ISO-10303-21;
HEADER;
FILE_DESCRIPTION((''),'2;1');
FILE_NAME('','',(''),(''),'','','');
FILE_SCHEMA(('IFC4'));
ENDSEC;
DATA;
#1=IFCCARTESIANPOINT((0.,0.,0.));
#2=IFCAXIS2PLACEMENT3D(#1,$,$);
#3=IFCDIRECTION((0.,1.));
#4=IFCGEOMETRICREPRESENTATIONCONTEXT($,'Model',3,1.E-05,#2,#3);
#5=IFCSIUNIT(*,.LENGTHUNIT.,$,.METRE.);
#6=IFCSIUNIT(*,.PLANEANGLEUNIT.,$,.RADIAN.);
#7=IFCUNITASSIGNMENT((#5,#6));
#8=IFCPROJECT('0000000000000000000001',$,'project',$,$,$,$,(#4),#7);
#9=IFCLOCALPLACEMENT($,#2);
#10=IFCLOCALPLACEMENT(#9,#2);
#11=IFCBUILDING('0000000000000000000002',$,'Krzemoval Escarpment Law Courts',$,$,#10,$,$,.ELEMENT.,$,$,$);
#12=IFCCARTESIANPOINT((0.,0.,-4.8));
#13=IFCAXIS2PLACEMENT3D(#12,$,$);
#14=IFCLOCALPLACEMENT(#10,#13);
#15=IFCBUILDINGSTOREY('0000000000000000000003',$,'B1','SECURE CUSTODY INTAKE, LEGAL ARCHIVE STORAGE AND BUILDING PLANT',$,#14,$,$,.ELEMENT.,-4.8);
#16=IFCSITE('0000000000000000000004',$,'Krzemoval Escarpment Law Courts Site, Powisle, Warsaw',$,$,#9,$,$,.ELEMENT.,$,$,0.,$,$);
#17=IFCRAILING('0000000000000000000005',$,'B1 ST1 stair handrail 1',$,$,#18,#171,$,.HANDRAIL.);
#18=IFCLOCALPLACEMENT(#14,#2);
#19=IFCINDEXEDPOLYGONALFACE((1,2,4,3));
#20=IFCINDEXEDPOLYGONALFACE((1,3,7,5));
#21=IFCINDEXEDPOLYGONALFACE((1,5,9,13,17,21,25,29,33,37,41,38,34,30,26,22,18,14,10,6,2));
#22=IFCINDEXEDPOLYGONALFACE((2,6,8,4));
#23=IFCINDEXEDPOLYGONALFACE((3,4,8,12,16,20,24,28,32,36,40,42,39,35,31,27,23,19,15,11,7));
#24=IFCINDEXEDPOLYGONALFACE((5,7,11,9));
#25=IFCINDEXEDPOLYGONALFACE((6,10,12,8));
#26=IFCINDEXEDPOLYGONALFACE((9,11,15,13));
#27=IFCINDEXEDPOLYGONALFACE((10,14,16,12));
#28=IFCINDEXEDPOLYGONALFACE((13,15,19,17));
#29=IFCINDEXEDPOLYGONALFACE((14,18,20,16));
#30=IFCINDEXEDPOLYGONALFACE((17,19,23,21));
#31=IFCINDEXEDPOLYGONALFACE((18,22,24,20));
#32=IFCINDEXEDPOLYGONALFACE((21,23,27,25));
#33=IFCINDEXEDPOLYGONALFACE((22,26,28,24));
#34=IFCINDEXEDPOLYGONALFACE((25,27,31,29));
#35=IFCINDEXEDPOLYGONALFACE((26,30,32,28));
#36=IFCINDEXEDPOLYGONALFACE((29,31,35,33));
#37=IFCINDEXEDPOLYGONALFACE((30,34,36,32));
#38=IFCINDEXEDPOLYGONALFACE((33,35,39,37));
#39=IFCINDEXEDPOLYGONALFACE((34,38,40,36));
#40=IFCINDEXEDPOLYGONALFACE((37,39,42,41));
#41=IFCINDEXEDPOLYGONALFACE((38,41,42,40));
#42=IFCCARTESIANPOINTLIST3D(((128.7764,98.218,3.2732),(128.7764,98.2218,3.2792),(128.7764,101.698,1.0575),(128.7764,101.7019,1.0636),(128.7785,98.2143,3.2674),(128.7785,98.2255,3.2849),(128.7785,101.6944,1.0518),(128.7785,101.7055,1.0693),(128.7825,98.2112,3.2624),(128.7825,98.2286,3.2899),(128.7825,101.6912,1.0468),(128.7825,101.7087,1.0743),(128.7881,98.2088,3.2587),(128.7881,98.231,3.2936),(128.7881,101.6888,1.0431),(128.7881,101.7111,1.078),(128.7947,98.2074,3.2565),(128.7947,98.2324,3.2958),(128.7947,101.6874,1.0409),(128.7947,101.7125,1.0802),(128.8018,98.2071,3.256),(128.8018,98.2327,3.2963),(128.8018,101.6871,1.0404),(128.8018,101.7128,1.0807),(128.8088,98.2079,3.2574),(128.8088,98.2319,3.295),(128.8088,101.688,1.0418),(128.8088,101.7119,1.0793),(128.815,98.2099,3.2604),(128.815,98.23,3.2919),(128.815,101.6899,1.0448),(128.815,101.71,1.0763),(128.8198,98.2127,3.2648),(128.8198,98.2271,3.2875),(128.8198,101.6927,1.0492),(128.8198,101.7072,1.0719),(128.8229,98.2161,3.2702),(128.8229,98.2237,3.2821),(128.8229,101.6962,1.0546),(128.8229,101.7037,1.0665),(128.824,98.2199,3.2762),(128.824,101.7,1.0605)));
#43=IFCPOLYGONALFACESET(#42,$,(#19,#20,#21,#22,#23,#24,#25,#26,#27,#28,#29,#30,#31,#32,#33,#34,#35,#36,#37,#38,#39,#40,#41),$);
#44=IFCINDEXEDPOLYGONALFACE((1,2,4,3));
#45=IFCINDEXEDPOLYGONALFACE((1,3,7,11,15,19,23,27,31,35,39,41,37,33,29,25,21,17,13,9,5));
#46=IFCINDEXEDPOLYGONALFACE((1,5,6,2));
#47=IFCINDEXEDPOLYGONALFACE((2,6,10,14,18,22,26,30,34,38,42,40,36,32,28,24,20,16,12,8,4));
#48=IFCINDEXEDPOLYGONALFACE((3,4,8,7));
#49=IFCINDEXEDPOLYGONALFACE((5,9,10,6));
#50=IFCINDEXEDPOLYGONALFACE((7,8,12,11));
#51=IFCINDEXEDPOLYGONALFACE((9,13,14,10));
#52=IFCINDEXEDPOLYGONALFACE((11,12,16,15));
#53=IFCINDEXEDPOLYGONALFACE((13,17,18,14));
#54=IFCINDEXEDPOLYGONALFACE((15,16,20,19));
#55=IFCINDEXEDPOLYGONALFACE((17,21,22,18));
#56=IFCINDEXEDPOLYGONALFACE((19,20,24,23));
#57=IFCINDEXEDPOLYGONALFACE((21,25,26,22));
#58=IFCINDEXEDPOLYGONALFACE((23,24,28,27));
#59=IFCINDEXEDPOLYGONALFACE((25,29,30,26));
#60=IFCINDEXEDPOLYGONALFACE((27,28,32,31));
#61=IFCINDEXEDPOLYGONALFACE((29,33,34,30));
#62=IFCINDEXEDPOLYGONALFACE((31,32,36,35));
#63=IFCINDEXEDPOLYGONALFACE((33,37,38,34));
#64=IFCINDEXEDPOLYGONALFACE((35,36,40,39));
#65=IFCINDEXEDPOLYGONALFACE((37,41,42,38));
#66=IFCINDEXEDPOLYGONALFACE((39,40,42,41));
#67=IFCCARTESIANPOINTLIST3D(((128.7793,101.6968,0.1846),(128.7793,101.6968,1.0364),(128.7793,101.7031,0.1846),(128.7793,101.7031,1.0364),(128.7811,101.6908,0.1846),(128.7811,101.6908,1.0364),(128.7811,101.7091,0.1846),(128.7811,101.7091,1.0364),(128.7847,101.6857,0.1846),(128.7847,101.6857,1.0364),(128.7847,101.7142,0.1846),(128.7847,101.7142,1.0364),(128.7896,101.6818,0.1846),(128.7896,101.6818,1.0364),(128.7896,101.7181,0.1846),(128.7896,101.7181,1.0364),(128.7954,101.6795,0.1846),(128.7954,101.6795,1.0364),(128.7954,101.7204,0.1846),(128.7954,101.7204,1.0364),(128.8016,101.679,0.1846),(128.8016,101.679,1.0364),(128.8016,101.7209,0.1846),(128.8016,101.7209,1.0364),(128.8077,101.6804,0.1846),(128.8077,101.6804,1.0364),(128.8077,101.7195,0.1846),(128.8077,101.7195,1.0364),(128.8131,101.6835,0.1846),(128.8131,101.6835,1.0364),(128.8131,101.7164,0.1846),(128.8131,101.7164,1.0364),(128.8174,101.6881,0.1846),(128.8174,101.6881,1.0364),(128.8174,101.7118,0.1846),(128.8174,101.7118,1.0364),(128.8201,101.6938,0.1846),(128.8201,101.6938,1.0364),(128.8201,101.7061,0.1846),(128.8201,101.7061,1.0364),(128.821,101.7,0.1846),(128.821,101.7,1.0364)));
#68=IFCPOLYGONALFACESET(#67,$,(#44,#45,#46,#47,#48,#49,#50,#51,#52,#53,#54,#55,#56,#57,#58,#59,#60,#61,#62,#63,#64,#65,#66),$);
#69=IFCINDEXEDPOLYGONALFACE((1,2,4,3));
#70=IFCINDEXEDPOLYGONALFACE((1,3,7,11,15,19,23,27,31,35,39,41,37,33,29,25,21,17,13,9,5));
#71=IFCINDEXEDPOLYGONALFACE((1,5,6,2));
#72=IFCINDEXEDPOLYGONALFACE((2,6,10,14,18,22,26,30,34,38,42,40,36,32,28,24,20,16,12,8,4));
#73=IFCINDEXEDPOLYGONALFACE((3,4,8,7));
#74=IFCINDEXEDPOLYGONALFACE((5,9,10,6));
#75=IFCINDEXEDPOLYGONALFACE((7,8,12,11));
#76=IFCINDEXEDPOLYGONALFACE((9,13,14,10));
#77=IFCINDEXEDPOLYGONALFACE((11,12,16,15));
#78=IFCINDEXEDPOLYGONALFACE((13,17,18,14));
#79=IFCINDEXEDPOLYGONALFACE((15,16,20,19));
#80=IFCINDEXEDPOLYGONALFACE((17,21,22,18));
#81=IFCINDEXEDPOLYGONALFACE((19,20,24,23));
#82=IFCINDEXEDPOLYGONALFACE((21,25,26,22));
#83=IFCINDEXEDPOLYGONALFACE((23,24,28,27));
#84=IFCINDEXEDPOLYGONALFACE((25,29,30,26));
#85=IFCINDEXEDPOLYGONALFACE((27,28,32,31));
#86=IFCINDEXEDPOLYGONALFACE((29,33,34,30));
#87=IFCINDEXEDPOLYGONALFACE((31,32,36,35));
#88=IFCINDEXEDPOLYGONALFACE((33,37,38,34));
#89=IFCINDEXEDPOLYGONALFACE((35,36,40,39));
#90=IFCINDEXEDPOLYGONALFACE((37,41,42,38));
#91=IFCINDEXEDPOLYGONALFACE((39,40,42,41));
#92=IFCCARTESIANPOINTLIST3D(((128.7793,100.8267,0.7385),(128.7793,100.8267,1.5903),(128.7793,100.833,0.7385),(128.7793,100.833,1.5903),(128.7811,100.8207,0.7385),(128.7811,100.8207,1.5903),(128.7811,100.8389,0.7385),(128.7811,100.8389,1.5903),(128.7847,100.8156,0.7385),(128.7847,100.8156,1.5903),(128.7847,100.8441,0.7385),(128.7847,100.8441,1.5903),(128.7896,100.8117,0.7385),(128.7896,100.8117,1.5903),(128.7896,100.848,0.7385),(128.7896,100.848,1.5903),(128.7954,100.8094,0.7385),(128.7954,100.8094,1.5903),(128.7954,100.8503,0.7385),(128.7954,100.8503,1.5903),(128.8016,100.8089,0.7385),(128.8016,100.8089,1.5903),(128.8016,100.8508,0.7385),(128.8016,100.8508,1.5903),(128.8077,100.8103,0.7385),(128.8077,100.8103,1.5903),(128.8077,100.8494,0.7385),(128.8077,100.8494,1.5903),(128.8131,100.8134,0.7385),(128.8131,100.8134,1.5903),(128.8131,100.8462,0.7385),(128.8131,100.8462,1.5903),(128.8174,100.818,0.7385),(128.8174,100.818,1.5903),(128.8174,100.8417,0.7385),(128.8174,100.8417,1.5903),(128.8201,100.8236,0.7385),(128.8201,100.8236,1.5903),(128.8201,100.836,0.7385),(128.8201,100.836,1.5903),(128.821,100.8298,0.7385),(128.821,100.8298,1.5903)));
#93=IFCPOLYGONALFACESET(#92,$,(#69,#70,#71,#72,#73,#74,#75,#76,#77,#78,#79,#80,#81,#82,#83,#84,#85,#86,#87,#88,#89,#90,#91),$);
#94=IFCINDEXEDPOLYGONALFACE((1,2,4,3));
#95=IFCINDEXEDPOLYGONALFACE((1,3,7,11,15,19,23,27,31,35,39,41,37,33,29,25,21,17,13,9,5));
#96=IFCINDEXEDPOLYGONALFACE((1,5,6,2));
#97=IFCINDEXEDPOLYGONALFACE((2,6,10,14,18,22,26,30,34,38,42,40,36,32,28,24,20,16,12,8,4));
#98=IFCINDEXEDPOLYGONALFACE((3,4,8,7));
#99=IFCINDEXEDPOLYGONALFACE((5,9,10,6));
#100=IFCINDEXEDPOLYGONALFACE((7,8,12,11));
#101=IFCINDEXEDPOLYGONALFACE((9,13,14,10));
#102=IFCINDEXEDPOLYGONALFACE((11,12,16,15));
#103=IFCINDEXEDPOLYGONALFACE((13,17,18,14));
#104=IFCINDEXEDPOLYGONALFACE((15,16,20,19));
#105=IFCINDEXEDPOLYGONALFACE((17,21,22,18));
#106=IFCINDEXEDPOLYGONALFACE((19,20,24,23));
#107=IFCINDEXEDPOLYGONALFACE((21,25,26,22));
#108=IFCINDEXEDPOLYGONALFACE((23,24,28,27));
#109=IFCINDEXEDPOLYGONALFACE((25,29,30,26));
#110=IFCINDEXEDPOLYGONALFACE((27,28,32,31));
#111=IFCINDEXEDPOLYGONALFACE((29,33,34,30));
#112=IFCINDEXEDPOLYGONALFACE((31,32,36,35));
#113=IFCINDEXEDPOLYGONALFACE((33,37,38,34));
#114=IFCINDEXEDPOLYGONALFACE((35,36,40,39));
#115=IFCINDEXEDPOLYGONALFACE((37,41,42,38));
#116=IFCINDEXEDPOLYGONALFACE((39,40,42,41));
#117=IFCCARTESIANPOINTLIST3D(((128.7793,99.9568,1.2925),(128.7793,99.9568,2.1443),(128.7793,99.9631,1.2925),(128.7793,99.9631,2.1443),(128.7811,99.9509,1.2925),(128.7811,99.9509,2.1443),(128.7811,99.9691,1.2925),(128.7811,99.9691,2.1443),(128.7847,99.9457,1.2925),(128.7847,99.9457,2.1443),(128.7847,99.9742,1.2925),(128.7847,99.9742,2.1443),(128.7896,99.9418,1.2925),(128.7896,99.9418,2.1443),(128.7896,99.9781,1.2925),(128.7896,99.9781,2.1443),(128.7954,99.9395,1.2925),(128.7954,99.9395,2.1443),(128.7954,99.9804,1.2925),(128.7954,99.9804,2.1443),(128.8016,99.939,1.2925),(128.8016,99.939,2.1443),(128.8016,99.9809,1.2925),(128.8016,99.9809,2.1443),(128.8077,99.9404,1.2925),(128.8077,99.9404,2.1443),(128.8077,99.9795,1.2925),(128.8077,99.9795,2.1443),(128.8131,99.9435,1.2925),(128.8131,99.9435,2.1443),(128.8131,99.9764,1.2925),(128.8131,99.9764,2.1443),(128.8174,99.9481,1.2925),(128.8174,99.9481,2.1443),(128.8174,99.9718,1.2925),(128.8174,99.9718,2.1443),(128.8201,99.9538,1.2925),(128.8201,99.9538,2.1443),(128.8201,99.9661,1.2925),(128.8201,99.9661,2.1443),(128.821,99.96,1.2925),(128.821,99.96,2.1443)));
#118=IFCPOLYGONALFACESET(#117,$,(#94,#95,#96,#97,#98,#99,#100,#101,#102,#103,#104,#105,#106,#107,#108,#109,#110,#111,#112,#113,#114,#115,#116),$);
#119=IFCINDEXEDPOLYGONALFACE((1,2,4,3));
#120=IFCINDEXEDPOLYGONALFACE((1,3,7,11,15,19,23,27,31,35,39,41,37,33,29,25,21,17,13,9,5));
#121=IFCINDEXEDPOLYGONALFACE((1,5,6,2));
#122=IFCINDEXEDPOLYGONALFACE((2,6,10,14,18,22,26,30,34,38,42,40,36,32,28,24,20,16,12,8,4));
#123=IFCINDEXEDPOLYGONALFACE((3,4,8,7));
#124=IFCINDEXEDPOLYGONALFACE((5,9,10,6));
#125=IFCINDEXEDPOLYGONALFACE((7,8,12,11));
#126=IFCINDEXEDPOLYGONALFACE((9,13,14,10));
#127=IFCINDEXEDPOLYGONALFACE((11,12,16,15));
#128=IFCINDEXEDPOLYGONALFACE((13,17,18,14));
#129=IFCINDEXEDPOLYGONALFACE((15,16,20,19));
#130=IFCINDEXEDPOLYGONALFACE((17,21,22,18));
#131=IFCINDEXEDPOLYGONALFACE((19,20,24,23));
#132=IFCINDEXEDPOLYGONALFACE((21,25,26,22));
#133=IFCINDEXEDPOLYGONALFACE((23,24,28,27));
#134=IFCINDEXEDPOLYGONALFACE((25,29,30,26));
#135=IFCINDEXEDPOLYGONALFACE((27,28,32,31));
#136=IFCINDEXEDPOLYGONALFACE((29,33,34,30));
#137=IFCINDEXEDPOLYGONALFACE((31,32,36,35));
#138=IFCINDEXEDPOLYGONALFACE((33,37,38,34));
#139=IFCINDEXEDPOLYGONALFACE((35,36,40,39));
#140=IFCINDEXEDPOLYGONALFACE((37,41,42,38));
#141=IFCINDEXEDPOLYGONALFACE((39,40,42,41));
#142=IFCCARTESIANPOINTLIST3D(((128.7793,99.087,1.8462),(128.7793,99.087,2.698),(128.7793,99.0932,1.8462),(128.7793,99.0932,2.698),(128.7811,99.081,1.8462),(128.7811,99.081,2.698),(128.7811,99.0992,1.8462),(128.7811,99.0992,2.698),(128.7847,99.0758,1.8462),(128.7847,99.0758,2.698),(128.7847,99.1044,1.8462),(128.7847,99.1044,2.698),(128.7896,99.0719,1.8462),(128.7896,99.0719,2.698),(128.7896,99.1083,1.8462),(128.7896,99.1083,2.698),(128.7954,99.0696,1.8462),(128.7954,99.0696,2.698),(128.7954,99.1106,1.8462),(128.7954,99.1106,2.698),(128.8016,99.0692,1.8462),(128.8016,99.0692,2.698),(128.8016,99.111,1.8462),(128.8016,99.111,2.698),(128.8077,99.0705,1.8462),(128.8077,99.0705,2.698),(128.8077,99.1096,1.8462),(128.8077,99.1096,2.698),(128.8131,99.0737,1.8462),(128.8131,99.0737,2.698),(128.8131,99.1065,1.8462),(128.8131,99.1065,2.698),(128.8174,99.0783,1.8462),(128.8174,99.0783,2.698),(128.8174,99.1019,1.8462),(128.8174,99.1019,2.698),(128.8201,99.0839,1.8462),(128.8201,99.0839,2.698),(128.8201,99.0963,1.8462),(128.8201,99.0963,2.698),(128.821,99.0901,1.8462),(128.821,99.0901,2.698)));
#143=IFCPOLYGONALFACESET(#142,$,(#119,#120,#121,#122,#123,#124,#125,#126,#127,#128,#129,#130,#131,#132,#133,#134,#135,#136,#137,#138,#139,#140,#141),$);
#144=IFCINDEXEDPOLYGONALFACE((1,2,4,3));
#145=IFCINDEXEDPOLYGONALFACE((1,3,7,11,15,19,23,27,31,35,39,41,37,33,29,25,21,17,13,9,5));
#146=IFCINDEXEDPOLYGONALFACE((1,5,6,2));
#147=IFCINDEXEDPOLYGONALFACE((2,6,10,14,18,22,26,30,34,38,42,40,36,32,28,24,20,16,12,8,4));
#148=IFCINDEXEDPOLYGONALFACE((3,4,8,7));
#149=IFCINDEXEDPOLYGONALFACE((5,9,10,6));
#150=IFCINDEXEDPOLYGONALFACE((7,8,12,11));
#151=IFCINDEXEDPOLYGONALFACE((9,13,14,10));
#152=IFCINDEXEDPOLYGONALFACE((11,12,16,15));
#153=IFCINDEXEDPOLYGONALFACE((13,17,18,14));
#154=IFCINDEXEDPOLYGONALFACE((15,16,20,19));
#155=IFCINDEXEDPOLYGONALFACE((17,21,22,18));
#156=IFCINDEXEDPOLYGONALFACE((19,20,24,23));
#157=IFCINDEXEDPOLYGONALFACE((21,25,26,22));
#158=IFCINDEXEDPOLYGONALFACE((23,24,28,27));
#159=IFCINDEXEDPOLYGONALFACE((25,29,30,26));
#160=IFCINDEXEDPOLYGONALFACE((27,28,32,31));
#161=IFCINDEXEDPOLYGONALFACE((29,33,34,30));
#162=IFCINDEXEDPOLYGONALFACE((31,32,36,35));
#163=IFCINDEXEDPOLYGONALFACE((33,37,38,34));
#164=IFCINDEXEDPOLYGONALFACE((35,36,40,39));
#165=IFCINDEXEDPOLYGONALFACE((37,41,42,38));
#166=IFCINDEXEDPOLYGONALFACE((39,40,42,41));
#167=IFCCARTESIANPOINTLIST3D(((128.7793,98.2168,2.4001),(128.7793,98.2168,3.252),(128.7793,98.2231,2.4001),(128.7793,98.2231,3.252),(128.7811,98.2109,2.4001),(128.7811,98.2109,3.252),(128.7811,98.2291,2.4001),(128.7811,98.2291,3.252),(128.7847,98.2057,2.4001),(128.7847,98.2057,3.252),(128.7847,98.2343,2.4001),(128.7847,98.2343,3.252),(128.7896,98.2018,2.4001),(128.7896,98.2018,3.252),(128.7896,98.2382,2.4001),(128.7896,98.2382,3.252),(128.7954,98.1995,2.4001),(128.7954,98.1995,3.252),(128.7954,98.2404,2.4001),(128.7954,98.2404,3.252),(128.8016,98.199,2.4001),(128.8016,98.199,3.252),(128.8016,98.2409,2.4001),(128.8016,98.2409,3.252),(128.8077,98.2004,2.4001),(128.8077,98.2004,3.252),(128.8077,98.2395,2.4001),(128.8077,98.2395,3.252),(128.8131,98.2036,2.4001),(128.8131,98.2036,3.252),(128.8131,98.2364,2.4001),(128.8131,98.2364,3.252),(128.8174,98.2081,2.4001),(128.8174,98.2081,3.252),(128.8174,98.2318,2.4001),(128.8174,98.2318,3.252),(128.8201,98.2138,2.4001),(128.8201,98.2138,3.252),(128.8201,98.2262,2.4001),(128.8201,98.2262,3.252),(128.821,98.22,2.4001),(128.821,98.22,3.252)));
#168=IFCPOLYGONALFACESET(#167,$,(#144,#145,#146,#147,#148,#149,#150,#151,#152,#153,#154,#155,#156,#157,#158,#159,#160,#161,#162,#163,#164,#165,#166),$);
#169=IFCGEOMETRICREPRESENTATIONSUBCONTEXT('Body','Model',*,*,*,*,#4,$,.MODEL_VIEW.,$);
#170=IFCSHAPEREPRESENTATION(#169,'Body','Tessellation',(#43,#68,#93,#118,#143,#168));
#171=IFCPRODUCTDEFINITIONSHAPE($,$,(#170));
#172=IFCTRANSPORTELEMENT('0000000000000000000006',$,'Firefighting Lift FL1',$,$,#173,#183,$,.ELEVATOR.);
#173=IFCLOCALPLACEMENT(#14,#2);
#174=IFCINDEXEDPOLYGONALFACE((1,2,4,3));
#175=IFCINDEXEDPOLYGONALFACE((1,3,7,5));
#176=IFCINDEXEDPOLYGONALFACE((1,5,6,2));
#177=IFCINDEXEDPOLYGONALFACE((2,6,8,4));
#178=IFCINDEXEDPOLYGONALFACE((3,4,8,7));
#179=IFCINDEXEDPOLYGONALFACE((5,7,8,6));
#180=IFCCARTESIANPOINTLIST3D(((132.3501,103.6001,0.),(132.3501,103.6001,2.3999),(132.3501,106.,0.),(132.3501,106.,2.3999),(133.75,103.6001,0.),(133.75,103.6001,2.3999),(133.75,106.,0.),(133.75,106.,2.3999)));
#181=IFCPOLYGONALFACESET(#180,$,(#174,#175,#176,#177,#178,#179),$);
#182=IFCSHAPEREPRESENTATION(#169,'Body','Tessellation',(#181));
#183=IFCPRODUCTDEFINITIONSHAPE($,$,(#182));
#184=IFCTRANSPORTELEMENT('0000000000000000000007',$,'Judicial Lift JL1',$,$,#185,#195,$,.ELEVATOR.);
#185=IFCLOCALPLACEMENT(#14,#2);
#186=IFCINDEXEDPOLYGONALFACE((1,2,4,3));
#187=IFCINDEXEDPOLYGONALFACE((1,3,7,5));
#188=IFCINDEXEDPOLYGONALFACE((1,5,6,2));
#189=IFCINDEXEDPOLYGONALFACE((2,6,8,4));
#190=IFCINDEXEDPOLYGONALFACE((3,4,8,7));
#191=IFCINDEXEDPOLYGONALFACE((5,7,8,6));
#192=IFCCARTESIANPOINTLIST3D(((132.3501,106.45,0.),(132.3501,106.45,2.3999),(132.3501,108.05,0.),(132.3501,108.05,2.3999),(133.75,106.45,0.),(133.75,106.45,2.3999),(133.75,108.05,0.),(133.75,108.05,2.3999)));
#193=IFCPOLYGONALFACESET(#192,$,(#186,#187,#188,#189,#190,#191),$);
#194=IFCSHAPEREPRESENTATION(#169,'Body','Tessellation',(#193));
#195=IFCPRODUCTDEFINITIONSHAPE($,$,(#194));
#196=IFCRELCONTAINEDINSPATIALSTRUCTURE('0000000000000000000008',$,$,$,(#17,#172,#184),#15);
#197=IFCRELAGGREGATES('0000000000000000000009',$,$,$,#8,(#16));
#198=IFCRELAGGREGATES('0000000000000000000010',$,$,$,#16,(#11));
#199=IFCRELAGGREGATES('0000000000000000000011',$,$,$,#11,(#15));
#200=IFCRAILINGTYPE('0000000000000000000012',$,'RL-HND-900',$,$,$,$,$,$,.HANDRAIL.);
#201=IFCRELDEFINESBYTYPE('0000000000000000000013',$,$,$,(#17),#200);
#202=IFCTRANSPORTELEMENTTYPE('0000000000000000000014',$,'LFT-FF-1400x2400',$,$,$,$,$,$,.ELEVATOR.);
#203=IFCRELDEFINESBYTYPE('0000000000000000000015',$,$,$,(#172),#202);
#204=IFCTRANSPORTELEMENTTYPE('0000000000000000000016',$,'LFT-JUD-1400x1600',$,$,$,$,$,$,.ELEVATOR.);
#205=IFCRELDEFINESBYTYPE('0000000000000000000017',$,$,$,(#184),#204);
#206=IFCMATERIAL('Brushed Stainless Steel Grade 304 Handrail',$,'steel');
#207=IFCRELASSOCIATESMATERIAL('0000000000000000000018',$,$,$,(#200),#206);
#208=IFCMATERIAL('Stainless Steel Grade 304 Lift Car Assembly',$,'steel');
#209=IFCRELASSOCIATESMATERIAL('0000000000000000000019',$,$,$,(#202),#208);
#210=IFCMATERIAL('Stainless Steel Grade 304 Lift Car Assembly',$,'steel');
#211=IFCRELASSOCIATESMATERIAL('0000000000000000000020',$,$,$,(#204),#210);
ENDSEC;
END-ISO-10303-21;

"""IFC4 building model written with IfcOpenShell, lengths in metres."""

from ifc_helpers import new_model, si_unit, direction, frame, origin, origin_2d, place, context, subcontext, project, spatial, rectangle, circle, extrude, material, type_object, element, save


model = new_model("IFC4")

# Units and contexts
model_context = context("Model", 3, precision=1e-05, world=origin(), true_north=direction((0.0, 1.0)))
body_context = subcontext(model_context, "Body", "Model", "MODEL_VIEW")
ifc_project = project(units=[si_unit("LENGTHUNIT", "METRE"), si_unit("PLANEANGLEUNIT", "RADIAN")], contexts=[model_context])

# Site, building, storey
site_placement = place(None, origin())
site = spatial("IfcSite", under=ifc_project, at=site_placement, Name="Krzemoval Escarpment Law Courts Site, Powisle, Warsaw", CompositionType="ELEMENT", RefElevation=0.0)
building_placement = place(site_placement, origin())
building = spatial("IfcBuilding", under=site, at=building_placement, Name="Krzemoval Escarpment Law Courts", CompositionType="ELEMENT")
storey_placement = place(building_placement, frame((0.0, 0.0, -4.8)))
storey = spatial("IfcBuildingStorey", under=building, at=storey_placement, Name="B1", Description="SECURE CUSTODY INTAKE, LEGAL ARCHIVE STORAGE AND BUILDING PLANT", CompositionType="ELEMENT", Elevation=-4.8)

# Railing
ifc_material_1 = material(Name="Brushed Stainless Steel Grade 304 Handrail", Category="steel")
railing_type_1 = type_object("IfcRailingType", Name="RL-HND-900", PredefinedType="HANDRAIL", material=ifc_material_1)
railing_1_placement = place(storey_placement, frame((128.8, 101.7, 0.1846)))
element("IfcRailing", 1, at=railing_1_placement, inside=storey, type_object=railing_type_1, Name="B1 ST1 stair handrail 1", PredefinedType="HANDRAIL", context=body_context, shape_type="SweptSolid", body=[
    extrude(circle(Radius=0.0239, at=origin_2d()), frame((0.0, 0.0, 0.876), z_axis=(0.0, -0.843547, 0.537055), x_axis=(1.0, 0.0, 0.0)), (0.0, 0.0, 1.0), 4.1255),
    extrude(circle(Radius=0.021, at=origin_2d()), origin(), (0.0, 0.0, 1.0), 0.8518),
    extrude(circle(Radius=0.021, at=origin_2d()), frame((0.0, -0.8701, 0.554)), (0.0, 0.0, 1.0), 0.8518),
    extrude(circle(Radius=0.021, at=origin_2d()), frame((0.0, -1.74, 1.1079)), (0.0, 0.0, 1.0), 0.8518),
    extrude(circle(Radius=0.021, at=origin_2d()), frame((0.0, -2.6099, 1.6616)), (0.0, 0.0, 1.0), 0.8518),
    extrude(circle(Radius=0.021, at=origin_2d()), frame((0.0, -3.48, 2.2156)), (0.0, 0.0, 1.0), 0.8518),
])

# Transport elements
ifc_material_2 = material(Name="Stainless Steel Grade 304 Lift Car Assembly", Category="steel")
transport_element_type_1 = type_object("IfcTransportElementType", Name="LFT-FF-1400x2400", PredefinedType="ELEVATOR", material=ifc_material_2)
transport_element_1_placement = place(storey_placement, frame((133.05, 104.8, 0.0), z_axis=(0.0, 0.0, 1.0), x_axis=(1.0, 0.0, 0.0)))
element("IfcTransportElement", 2, at=transport_element_1_placement, inside=storey, type_object=transport_element_type_1, Name="Firefighting Lift FL1", PredefinedType="ELEVATOR", context=body_context, shape_type="SweptSolid", body=[
    extrude(rectangle(XDim=1.3999, YDim=2.3999, at=origin_2d()), origin(), (0.0, 0.0, 1.0), 2.3999),
])
ifc_material_3 = material(Name="Stainless Steel Grade 304 Lift Car Assembly", Category="steel")
transport_element_type_2 = type_object("IfcTransportElementType", Name="LFT-JUD-1400x1600", PredefinedType="ELEVATOR", material=ifc_material_3)
transport_element_2_placement = place(storey_placement, frame((133.05, 107.25, 0.0), z_axis=(0.0, 0.0, 1.0), x_axis=(1.0, 0.0, 0.0)))
element("IfcTransportElement", 3, at=transport_element_2_placement, inside=storey, type_object=transport_element_type_2, Name="Judicial Lift JL1", PredefinedType="ELEVATOR", context=body_context, shape_type="SweptSolid", body=[
    extrude(rectangle(XDim=1.3999, YDim=1.6001, at=origin_2d()), origin(), (0.0, 0.0, 1.0), 2.3999),
])

save(model, "model.ifc")
